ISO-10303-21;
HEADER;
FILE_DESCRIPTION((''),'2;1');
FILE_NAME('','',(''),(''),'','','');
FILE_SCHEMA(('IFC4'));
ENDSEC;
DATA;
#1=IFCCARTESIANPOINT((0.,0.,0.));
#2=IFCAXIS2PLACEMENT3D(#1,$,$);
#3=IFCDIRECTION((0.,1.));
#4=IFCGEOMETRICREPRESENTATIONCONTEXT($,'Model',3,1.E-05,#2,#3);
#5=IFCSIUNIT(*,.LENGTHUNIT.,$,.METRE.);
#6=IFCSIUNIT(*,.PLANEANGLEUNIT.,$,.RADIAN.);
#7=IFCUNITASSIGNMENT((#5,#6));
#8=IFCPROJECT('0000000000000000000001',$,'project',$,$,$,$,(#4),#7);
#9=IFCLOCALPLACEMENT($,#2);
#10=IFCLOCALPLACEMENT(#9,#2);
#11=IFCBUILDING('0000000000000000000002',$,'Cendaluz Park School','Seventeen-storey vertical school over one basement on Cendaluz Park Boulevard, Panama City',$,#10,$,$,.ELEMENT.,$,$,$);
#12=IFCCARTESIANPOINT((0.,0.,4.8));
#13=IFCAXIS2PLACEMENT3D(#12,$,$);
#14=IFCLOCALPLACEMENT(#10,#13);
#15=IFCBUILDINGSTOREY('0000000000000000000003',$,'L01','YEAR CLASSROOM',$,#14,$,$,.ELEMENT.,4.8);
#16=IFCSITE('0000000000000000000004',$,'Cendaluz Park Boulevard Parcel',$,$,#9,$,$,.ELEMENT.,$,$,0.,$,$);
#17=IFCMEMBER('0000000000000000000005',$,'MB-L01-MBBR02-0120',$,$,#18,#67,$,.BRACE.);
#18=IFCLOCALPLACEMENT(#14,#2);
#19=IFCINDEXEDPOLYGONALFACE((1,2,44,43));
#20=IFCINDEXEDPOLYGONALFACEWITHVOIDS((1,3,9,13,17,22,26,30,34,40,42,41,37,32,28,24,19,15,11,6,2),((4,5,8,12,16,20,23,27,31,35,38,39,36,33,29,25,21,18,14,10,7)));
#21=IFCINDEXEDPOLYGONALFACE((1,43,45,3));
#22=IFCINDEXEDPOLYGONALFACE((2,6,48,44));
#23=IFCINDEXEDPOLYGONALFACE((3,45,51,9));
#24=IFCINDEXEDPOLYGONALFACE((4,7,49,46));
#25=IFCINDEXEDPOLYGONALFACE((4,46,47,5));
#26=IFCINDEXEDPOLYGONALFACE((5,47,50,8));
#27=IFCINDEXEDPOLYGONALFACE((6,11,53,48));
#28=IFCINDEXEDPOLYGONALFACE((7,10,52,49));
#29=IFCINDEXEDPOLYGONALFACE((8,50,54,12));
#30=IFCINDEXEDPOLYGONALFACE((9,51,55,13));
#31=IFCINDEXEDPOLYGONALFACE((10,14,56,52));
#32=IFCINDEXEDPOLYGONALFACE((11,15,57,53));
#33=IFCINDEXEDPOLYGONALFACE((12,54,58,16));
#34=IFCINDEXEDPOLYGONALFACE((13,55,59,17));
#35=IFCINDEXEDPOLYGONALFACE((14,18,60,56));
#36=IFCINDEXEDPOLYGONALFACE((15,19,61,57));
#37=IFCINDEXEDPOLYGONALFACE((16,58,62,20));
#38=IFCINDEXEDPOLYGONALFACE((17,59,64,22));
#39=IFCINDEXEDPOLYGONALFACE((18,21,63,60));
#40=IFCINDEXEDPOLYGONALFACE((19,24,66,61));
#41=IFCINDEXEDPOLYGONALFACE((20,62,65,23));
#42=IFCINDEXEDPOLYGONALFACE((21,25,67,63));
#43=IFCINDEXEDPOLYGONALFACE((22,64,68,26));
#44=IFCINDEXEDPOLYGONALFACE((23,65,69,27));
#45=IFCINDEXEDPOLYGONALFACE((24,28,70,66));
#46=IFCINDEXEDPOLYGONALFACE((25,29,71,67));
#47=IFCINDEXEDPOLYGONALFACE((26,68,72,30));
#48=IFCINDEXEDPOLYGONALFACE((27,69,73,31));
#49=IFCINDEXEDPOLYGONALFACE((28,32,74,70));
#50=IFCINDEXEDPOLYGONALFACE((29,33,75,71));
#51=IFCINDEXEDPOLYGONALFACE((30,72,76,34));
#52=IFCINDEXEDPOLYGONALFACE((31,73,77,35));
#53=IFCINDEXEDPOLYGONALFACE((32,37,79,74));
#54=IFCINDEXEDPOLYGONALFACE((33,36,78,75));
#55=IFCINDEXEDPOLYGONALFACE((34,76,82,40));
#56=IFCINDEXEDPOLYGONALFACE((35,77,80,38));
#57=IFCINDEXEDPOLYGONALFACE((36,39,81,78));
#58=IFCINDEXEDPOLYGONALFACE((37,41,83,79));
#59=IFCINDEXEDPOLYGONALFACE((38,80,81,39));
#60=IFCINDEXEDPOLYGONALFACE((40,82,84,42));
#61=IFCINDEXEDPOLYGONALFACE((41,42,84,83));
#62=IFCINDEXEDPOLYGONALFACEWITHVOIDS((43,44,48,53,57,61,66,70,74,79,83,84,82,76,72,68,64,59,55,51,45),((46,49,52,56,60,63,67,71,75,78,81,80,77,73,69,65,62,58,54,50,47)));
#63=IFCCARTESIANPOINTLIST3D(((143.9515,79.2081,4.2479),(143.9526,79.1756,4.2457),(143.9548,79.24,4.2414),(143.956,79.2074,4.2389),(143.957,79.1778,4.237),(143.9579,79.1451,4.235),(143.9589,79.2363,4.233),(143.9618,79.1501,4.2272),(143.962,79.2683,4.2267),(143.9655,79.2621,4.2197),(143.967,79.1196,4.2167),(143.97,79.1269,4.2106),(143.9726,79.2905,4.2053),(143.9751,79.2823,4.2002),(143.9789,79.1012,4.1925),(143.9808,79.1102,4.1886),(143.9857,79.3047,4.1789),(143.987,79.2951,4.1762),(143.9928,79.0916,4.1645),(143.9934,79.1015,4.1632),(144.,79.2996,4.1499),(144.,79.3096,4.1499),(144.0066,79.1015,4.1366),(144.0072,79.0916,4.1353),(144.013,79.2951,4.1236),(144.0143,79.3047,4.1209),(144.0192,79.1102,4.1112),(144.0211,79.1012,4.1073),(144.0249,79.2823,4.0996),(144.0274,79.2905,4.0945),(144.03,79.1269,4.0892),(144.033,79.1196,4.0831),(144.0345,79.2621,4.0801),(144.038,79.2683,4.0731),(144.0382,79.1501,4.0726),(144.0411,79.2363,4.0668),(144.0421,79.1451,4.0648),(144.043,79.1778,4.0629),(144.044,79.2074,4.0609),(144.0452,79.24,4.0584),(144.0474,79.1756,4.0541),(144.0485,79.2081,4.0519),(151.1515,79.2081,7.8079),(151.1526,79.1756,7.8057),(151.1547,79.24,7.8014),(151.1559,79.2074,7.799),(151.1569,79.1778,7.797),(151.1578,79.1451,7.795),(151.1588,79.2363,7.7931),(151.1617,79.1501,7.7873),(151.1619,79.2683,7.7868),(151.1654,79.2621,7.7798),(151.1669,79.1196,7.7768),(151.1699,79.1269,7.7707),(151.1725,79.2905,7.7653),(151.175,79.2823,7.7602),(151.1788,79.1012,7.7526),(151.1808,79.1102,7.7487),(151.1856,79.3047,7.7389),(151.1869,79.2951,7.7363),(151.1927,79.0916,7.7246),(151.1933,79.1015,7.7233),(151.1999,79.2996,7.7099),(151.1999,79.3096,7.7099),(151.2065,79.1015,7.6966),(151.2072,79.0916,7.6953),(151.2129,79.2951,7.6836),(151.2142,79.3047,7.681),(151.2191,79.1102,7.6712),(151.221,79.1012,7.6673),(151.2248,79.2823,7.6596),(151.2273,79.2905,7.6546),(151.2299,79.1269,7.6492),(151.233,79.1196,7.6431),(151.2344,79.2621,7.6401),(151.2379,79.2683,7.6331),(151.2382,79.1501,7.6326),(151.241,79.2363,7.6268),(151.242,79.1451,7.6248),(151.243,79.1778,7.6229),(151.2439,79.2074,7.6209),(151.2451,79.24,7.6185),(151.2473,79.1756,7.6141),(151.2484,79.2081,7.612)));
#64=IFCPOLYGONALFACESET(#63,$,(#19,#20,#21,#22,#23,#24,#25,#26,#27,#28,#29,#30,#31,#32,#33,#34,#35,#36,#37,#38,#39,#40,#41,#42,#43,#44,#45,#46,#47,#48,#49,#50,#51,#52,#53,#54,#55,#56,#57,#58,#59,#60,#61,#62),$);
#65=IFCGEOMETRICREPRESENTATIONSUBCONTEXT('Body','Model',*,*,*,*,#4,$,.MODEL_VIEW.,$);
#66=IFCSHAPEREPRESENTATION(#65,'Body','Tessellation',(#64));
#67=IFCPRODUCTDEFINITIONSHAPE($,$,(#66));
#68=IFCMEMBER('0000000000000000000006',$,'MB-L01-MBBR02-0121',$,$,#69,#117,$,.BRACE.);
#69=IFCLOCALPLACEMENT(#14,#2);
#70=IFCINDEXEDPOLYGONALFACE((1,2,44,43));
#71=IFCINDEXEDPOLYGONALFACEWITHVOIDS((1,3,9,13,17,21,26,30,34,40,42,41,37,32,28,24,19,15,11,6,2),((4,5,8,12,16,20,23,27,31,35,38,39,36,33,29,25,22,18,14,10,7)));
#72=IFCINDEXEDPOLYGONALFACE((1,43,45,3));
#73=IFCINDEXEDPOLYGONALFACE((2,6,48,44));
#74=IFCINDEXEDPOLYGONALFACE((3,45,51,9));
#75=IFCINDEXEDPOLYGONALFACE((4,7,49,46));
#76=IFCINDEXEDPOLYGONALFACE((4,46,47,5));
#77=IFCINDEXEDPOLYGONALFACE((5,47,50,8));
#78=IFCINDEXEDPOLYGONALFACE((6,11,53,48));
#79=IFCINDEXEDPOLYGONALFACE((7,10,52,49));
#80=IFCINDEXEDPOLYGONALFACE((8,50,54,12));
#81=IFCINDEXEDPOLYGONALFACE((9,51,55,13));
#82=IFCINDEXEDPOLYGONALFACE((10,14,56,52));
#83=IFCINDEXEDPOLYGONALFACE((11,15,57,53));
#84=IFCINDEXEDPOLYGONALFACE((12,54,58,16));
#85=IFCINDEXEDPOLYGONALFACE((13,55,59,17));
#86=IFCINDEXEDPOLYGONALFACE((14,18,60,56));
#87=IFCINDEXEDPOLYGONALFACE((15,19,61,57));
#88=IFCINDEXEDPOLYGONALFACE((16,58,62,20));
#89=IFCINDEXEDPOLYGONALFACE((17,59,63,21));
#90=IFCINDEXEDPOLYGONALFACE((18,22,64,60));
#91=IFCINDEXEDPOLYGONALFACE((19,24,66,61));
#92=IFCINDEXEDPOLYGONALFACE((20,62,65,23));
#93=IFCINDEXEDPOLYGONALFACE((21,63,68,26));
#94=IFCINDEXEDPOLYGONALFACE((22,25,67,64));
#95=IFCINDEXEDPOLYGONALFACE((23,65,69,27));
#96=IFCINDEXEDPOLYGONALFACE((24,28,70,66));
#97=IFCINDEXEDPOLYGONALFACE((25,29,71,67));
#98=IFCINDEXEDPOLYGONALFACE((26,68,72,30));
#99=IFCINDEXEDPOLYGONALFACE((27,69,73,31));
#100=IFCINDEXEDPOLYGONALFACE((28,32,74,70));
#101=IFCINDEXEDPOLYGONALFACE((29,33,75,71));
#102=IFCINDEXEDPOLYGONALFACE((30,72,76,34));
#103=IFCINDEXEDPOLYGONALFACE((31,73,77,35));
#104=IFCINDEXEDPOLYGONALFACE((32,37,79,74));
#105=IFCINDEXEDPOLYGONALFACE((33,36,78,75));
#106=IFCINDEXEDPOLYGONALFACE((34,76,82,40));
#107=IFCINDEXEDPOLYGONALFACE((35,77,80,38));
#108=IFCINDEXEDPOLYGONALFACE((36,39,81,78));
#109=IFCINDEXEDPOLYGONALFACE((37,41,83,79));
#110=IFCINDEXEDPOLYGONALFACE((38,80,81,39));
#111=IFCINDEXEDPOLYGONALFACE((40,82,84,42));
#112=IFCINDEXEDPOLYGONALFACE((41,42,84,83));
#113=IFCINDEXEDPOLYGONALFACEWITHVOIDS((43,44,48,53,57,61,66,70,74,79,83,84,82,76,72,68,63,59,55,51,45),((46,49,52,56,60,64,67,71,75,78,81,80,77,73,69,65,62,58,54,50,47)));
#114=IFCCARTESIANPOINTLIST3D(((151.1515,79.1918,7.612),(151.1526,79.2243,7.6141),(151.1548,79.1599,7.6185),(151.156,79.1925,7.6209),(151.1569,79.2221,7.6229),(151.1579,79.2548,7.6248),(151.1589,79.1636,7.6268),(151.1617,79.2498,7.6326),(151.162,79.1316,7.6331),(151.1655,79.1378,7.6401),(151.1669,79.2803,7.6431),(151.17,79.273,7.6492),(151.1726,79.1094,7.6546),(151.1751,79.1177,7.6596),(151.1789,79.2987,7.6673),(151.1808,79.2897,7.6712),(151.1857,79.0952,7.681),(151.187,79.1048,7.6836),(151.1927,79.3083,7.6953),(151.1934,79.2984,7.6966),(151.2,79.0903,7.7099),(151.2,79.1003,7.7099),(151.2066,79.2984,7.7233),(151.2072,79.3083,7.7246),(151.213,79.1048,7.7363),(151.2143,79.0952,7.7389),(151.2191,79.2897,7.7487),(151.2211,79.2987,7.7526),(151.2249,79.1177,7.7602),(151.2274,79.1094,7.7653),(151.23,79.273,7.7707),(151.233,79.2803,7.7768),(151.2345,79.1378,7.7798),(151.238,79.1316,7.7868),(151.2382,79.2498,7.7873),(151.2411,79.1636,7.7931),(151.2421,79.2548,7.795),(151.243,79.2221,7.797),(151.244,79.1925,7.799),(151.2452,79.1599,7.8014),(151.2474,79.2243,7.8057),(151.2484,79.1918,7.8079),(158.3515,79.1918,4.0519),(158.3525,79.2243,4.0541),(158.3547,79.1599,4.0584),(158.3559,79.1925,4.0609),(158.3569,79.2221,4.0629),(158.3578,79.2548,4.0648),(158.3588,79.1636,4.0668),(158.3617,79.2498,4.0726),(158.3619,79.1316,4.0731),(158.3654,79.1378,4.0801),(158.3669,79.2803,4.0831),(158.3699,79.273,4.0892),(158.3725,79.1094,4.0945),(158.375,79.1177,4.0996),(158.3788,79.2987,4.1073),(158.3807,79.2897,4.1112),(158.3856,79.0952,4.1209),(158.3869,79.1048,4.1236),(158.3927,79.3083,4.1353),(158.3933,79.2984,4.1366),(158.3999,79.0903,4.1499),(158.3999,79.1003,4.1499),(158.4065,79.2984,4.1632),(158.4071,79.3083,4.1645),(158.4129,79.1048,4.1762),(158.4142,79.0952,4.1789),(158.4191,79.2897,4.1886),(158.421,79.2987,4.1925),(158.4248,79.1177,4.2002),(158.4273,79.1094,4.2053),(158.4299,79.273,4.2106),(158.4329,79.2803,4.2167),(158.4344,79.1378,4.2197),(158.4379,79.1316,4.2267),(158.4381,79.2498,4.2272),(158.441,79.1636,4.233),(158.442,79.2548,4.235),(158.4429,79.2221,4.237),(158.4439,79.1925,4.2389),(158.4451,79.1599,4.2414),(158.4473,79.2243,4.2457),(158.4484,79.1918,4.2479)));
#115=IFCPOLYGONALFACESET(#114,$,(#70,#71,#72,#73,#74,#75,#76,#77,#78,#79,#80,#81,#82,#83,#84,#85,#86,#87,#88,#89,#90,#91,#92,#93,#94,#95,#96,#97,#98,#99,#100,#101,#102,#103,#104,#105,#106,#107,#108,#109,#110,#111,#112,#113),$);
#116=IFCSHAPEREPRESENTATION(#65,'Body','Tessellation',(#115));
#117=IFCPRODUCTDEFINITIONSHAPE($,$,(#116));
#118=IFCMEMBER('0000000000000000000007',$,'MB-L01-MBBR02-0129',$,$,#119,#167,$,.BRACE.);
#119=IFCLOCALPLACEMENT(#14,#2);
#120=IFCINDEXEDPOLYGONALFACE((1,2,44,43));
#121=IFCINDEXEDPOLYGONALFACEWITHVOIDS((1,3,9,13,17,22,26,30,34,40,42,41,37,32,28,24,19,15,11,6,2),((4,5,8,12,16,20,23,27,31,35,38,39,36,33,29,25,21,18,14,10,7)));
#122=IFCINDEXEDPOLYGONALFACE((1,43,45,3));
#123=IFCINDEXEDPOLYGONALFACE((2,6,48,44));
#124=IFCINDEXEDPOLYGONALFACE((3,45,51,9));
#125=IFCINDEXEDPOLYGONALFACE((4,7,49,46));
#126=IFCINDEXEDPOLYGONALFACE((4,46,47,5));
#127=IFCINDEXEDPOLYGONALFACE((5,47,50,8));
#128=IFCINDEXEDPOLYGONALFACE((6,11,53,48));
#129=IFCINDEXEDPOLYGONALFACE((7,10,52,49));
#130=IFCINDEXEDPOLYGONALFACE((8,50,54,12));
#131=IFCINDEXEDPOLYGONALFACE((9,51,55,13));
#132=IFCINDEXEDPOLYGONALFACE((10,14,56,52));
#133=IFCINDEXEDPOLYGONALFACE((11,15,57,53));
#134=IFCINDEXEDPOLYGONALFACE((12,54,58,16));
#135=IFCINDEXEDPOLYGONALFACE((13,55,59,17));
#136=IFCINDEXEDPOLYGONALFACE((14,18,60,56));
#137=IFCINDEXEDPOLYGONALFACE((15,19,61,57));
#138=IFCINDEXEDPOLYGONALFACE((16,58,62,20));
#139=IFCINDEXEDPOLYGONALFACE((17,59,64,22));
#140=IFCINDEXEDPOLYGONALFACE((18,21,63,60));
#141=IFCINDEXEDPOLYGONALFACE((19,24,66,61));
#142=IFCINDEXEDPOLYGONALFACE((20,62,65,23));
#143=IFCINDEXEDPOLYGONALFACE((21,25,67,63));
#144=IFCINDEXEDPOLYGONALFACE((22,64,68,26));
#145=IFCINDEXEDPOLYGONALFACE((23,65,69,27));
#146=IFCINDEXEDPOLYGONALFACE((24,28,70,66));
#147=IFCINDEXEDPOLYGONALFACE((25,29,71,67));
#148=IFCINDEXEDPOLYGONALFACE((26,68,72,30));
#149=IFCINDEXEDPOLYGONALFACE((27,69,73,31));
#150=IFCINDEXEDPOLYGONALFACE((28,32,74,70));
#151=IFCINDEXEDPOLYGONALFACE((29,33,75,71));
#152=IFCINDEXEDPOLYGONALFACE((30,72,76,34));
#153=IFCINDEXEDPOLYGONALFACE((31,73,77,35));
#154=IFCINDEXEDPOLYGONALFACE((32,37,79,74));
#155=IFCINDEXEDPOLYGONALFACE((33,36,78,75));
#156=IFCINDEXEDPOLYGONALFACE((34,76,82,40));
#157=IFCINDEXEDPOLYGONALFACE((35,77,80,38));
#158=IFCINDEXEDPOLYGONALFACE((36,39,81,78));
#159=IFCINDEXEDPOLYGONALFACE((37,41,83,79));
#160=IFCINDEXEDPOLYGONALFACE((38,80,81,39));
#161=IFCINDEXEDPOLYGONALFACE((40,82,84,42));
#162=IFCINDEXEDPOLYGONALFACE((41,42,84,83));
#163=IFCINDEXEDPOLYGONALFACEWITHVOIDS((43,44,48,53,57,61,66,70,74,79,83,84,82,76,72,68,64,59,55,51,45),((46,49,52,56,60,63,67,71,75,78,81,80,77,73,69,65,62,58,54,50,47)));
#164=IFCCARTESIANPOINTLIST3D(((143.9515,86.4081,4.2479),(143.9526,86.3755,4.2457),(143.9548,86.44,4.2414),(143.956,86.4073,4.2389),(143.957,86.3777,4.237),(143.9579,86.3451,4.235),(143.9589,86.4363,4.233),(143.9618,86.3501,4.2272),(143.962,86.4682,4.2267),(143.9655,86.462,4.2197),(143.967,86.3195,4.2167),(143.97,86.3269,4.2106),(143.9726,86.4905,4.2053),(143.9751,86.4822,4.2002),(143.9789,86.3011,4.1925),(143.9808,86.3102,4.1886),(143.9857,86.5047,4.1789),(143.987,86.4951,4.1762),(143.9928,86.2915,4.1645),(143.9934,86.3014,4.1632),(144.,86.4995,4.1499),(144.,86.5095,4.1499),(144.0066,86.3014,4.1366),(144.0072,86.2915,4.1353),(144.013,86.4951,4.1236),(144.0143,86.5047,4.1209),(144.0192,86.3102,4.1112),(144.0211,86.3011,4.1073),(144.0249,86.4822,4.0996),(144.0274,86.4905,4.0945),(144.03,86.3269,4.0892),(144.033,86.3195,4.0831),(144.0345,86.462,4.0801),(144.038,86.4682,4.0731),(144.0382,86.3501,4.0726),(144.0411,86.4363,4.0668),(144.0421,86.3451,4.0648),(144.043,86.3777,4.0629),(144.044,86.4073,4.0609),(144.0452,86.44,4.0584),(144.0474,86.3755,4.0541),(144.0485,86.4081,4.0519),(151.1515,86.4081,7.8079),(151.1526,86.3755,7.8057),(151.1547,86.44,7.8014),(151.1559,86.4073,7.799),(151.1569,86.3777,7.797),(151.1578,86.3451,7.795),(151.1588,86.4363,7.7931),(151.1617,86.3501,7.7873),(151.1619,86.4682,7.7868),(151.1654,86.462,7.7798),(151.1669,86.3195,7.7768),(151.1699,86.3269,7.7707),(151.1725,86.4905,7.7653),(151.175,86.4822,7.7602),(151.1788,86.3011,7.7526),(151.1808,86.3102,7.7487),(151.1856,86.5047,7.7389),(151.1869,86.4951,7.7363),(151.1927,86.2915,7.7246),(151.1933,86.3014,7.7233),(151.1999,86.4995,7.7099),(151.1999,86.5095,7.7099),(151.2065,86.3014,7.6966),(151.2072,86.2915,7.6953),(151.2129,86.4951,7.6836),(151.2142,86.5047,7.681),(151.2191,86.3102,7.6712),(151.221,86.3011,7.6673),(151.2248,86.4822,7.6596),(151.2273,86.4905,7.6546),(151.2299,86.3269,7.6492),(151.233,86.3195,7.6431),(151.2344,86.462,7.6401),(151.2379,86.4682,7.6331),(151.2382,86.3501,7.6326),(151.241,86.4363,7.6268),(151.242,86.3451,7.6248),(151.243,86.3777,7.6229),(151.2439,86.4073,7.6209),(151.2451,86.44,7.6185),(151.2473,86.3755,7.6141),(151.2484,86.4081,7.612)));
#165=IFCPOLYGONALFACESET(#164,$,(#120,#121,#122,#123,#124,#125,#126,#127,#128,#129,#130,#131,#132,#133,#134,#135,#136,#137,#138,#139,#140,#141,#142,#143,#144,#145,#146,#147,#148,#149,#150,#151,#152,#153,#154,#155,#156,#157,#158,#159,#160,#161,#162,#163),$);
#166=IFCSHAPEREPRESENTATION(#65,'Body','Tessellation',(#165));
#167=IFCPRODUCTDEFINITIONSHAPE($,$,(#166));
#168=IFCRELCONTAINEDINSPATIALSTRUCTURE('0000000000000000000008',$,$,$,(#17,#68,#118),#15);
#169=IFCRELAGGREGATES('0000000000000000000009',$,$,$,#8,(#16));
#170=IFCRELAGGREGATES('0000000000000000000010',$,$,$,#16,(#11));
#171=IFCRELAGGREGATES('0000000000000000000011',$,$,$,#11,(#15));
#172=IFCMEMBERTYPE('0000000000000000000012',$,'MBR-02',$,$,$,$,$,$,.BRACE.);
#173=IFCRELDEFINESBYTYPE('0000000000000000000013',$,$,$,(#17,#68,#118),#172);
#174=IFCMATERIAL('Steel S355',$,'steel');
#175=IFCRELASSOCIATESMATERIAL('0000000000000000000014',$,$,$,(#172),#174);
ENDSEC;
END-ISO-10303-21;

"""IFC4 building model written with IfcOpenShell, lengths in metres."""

from ifc_helpers import new_model, si_unit, direction, frame, origin, origin_2d, place, context, subcontext, project, spatial, hollow_circle, extrude, material, material_profile, profile_set, type_object, element, save


model = new_model("IFC4")

# Units and contexts
model_context = context("Model", 3, precision=1e-05, world=origin(), true_north=direction((0.0, 1.0)))
body_context = subcontext(model_context, "Body", "Model", "MODEL_VIEW")
ifc_project = project(units=[si_unit("LENGTHUNIT", "METRE"), si_unit("PLANEANGLEUNIT", "RADIAN")], contexts=[model_context])

# Site, building, storey
site_placement = place(None, origin())
site = spatial("IfcSite", under=ifc_project, at=site_placement, Name="Cendaluz Park Boulevard Parcel", CompositionType="ELEMENT", RefElevation=0.0)
building_placement = place(site_placement, origin())
building = spatial("IfcBuilding", under=site, at=building_placement, Name="Cendaluz Park School", Description="Seventeen-storey vertical school over one basement on Cendaluz Park Boulevard, Panama City", CompositionType="ELEMENT")
storey_placement = place(building_placement, frame((0.0, 0.0, 4.8)))
storey = spatial("IfcBuildingStorey", under=building, at=storey_placement, Name="L01", Description="YEAR CLASSROOM", CompositionType="ELEMENT", Elevation=4.8)

# Members
ifc_material_1 = material(Name="Steel S355", Category="steel")
ifc_material_profile_1 = material_profile(ifc_material_1, hollow_circle(Radius=0.1096, WallThickness=0.01, at=origin_2d()), Name="CHS 219x10", Category="steel")
ifc_profile_set_1 = profile_set([ifc_material_profile_1], Name="Steel S355")
member_type_1 = type_object("IfcMemberType", Name="MBR-02", PredefinedType="BRACE", material=ifc_profile_set_1)
for number, where, z_axis, x_axis, name in (
    (1, (144.0, 79.2, 4.1499), (0.896406, 0.0, 0.443233), (0.0, 1.0, 0.0), "MB-L01-MBBR02-0120"),
    (2, (158.3999, 79.2, 4.1499), (-0.896406, 0.0, 0.443233), (0.0, -1.0, 0.0), "MB-L01-MBBR02-0121"),
    (3, (144.0, 86.3999, 4.1499), (0.896406, 0.0, 0.443233), (0.0, 1.0, 0.0), "MB-L01-MBBR02-0129"),
):
    element("IfcMember", number, at=place(storey_placement, frame(where, z_axis=z_axis, x_axis=x_axis)), inside=storey, type_object=member_type_1, Name=name, PredefinedType="BRACE", context=body_context, shape_type="SweptSolid", body=[
        extrude(hollow_circle(Radius=0.1096, WallThickness=0.01, at=origin_2d()), origin(), (0.0, 0.0, 1.0), 8.032),
    ])

save(model, "model.ifc")
